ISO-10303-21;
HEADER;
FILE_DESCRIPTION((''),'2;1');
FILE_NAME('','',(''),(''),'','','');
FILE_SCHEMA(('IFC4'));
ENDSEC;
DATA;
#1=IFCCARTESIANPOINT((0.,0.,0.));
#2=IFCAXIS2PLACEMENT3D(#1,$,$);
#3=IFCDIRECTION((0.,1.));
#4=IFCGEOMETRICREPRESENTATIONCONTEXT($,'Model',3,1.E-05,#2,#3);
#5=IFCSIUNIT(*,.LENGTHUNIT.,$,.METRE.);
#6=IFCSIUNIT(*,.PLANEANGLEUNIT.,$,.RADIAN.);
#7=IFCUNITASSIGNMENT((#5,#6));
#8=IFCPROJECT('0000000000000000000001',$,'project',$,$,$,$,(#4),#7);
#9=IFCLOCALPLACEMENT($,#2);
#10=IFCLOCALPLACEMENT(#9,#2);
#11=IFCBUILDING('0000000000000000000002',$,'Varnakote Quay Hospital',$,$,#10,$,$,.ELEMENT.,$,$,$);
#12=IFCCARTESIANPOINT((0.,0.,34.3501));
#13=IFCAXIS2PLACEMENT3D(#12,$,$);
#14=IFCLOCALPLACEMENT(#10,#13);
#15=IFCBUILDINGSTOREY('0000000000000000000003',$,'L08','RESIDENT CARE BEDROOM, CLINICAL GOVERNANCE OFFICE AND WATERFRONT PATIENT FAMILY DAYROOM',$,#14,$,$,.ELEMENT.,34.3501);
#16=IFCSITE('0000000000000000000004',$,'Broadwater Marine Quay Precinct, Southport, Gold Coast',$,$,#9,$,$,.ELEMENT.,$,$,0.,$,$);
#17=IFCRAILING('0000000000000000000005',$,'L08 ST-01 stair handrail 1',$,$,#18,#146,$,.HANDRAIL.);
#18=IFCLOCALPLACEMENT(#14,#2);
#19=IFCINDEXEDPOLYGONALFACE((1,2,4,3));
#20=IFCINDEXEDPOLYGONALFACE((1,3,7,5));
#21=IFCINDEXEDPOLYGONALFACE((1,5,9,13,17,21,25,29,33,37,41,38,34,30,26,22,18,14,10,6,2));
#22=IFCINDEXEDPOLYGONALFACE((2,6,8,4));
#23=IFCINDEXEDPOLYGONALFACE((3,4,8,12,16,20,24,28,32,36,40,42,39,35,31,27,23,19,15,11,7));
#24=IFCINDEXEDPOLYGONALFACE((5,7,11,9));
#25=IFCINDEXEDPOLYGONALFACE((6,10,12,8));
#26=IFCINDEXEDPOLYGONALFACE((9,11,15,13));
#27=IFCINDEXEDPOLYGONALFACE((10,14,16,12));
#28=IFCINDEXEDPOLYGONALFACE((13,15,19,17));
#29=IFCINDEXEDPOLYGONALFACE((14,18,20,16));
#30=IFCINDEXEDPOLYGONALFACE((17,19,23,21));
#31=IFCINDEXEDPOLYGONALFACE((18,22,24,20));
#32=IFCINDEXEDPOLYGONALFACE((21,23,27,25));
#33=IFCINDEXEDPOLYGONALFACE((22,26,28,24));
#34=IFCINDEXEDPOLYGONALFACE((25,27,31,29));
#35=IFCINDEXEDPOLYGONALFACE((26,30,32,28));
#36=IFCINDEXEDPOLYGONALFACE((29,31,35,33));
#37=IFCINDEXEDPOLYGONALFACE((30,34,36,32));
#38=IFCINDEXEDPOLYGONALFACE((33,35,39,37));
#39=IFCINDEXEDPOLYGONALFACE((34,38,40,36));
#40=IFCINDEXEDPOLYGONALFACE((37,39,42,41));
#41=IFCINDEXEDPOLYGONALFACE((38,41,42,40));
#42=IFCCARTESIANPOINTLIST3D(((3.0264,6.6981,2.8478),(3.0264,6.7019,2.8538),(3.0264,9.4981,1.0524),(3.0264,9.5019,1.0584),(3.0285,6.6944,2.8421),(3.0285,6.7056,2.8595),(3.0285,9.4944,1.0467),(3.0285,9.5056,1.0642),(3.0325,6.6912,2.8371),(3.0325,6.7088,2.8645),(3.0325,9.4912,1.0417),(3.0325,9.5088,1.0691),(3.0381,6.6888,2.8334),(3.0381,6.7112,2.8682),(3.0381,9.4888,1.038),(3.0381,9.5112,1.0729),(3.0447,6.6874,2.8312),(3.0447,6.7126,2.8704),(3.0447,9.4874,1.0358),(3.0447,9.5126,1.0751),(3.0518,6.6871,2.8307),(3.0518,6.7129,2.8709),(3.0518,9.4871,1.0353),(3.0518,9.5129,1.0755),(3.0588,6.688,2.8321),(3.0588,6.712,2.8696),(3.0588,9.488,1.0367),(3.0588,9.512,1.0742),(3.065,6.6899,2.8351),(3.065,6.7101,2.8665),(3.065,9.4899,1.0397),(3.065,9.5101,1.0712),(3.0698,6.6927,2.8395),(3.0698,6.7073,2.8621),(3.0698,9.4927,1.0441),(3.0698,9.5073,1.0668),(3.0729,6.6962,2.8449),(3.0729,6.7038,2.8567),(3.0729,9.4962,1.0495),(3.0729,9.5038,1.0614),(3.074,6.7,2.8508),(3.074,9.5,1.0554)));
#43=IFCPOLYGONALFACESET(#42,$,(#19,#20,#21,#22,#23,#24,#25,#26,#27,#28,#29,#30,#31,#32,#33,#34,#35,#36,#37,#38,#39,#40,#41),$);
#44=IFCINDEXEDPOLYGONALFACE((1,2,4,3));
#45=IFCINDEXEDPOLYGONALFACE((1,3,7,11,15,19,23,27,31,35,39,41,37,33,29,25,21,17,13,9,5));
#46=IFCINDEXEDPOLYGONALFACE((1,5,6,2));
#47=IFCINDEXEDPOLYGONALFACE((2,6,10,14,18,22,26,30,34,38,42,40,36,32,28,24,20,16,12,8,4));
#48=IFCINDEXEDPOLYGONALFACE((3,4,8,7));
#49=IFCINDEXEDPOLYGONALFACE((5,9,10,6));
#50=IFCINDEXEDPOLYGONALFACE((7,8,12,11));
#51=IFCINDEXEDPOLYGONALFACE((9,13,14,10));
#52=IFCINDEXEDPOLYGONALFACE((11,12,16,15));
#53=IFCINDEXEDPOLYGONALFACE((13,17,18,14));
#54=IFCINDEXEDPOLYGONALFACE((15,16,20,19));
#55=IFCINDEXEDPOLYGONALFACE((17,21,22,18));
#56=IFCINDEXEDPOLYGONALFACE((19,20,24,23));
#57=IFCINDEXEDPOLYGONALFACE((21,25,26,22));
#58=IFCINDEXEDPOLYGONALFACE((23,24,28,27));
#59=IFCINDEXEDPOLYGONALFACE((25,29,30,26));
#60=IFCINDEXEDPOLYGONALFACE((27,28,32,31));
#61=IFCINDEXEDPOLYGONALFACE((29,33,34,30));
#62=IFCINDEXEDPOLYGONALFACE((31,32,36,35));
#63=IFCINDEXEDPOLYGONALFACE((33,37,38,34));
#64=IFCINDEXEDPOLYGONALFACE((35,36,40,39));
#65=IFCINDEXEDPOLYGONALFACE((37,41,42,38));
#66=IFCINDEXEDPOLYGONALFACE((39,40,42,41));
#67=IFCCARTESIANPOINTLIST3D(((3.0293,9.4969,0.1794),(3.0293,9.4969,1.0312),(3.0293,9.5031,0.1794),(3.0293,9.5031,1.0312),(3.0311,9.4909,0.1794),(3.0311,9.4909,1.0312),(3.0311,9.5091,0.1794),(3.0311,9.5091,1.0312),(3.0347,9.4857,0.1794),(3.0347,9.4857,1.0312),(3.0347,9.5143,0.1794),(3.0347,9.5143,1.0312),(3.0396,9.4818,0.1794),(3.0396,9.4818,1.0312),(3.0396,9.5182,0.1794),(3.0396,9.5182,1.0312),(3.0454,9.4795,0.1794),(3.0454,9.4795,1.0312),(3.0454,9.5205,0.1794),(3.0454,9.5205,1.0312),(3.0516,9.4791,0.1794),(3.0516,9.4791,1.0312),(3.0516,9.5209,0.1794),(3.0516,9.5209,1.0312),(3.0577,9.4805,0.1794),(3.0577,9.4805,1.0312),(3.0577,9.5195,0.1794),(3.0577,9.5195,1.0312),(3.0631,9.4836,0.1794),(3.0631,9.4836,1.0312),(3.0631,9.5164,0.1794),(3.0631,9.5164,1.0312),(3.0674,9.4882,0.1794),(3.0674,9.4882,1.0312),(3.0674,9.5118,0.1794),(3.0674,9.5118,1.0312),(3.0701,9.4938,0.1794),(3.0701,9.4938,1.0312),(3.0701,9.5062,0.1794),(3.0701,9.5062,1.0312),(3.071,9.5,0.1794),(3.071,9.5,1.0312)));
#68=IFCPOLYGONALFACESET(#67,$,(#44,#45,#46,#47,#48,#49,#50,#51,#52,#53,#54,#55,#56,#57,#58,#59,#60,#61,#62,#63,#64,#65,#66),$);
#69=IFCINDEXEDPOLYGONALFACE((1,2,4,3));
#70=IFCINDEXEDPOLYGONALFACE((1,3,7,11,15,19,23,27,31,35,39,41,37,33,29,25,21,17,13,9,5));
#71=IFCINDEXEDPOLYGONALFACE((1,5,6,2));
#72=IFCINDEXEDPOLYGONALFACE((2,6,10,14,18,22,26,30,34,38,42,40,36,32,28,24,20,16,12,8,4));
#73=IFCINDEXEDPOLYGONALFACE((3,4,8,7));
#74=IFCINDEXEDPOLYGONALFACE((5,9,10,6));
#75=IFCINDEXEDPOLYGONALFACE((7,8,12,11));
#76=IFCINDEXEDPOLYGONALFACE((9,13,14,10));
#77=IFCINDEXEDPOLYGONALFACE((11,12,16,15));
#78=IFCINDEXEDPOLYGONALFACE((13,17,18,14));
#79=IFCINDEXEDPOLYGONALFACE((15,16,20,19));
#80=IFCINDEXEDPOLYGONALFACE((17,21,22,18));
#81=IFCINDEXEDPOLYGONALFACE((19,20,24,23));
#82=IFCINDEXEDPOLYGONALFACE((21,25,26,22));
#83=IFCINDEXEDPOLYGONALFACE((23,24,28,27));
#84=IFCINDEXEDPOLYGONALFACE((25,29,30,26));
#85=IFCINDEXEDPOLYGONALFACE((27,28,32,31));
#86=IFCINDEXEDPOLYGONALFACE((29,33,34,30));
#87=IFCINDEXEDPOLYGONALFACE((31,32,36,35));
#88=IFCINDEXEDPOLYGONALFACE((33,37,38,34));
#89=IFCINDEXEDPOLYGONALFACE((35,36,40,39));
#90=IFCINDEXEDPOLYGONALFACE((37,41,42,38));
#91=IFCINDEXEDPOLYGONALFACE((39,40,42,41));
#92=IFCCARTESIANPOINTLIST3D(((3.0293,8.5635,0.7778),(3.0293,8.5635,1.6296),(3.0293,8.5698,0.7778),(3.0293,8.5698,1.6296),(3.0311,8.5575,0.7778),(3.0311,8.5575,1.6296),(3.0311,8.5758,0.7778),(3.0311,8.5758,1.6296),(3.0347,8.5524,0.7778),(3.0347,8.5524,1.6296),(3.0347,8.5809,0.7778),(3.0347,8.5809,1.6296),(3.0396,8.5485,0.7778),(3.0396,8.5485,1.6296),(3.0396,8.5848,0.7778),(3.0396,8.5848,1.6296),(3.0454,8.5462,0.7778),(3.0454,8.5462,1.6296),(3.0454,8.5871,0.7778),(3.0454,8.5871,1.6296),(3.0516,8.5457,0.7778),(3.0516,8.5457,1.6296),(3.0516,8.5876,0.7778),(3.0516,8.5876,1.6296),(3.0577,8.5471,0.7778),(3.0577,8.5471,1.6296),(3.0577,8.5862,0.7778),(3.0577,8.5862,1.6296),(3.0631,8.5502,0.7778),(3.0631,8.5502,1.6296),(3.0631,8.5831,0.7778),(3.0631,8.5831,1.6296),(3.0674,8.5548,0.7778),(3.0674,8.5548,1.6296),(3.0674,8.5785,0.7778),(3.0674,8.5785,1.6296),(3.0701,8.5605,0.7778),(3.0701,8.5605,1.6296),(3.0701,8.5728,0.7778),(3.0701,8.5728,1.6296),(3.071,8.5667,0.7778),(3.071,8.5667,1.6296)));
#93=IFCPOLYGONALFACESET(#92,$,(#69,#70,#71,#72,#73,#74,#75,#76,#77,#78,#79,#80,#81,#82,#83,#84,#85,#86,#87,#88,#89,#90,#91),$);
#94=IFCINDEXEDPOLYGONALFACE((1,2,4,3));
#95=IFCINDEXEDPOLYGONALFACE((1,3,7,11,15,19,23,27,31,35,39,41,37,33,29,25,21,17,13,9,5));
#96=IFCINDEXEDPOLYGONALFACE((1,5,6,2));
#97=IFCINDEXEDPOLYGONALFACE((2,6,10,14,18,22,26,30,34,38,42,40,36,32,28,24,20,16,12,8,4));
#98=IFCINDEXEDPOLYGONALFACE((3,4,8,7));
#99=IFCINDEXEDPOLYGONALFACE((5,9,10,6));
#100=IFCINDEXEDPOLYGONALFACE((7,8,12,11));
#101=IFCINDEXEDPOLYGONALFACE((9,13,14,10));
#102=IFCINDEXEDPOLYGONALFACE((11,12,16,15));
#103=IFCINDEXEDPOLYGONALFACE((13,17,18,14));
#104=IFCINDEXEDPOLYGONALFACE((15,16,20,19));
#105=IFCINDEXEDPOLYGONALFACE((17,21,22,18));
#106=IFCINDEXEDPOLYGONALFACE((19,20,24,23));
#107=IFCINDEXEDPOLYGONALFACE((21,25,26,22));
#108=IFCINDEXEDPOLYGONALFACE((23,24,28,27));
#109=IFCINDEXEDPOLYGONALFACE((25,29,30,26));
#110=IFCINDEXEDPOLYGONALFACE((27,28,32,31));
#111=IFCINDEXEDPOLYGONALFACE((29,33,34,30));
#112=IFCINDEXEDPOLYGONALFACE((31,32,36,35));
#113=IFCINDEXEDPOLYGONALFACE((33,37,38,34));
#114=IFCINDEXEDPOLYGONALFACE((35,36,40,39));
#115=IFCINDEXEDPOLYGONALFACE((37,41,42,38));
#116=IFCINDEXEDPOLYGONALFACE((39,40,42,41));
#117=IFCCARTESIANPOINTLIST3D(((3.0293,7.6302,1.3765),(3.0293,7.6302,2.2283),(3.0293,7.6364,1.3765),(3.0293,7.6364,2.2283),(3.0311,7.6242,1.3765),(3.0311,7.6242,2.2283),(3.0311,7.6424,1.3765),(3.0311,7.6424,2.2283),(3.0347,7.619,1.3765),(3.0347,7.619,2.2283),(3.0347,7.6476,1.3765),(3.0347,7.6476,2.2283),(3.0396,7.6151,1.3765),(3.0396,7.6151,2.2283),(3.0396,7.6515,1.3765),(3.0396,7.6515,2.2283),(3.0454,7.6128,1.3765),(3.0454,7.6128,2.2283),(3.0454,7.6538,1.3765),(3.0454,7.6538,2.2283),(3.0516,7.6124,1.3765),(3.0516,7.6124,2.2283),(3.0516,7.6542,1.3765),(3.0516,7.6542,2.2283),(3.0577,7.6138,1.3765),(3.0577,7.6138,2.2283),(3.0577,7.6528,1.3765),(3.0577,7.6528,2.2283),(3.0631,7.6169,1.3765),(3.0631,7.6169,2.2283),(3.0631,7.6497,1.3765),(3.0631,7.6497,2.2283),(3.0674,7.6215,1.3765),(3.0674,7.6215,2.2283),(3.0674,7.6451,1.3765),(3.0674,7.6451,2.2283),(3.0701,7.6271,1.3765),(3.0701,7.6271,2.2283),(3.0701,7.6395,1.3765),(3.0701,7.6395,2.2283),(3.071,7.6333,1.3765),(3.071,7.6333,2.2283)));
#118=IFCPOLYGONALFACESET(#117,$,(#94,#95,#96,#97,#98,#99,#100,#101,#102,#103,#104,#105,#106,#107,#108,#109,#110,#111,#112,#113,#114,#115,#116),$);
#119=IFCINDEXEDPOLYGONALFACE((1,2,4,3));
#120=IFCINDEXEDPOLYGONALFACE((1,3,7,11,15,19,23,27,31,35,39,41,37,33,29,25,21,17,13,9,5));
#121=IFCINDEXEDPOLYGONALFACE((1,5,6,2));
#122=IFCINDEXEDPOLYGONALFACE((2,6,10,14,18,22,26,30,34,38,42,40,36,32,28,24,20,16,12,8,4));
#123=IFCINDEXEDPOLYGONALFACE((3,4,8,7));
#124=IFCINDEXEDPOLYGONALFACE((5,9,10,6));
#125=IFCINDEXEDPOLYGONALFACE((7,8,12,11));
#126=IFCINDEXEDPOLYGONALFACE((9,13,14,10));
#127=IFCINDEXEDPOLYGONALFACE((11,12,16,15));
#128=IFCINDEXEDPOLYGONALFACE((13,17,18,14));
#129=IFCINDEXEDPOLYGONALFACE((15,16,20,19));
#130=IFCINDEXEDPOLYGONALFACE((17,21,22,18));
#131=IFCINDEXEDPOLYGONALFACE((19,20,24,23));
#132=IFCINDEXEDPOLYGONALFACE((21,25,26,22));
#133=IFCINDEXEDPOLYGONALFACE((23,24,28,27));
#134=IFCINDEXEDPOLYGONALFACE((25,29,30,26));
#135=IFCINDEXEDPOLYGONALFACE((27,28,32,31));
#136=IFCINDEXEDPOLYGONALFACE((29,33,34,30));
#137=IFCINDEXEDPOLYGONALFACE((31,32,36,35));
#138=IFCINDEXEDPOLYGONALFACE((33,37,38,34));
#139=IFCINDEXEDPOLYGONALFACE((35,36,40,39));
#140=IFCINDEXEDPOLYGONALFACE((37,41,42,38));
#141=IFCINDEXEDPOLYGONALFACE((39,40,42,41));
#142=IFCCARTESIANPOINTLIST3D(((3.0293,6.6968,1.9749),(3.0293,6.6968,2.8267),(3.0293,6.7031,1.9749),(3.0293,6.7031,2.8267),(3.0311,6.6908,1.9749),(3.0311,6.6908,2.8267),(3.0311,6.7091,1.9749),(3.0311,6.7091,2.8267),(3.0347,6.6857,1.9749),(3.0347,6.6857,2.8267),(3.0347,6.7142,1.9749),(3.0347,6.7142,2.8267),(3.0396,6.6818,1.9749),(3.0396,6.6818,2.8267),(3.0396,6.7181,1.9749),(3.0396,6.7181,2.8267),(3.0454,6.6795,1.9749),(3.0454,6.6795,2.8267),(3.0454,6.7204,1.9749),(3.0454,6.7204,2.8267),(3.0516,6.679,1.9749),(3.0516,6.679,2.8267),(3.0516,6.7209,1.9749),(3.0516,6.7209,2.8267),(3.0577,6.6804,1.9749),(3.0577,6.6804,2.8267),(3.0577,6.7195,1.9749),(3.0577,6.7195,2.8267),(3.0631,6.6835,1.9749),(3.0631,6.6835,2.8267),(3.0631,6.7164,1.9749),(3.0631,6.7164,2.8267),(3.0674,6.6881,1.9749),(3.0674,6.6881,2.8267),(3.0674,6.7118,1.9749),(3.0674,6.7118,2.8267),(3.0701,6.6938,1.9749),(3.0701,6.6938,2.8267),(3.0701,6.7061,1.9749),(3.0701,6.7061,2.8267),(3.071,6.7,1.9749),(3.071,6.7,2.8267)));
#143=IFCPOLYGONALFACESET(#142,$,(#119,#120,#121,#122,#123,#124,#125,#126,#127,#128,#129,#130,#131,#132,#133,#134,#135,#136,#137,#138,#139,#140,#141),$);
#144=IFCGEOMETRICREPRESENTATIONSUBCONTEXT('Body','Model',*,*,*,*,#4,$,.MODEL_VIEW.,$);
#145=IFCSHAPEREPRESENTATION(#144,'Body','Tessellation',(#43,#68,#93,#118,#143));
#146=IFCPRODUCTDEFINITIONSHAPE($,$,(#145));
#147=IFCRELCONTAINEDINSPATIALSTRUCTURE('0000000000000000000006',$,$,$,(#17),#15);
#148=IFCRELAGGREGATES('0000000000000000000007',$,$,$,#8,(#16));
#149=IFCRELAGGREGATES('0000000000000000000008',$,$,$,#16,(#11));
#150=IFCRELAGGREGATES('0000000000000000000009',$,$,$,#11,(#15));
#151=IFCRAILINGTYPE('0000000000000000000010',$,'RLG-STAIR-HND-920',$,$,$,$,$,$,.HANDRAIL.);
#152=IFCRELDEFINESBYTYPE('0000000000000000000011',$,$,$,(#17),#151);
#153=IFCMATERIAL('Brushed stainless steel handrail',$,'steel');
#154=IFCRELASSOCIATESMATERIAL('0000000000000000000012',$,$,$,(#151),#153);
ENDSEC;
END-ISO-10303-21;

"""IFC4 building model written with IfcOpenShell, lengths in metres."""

from ifc_helpers import new_model, si_unit, direction, frame, origin, origin_2d, place, context, subcontext, project, spatial, circle, extrude, material, type_object, element, save


model = new_model("IFC4")

# Units and contexts
model_context = context("Model", 3, precision=1e-05, world=origin(), true_north=direction((0.0, 1.0)))
body_context = subcontext(model_context, "Body", "Model", "MODEL_VIEW")
ifc_project = project(units=[si_unit("LENGTHUNIT", "METRE"), si_unit("PLANEANGLEUNIT", "RADIAN")], contexts=[model_context])

# Site, building, storey
site_placement = place(None, origin())
site = spatial("IfcSite", under=ifc_project, at=site_placement, Name="Broadwater Marine Quay Precinct, Southport, Gold Coast", CompositionType="ELEMENT", RefElevation=0.0)
building_placement = place(site_placement, origin())
building = spatial("IfcBuilding", under=site, at=building_placement, Name="Varnakote Quay Hospital", CompositionType="ELEMENT")
storey_placement = place(building_placement, frame((0.0, 0.0, 34.3501)))
storey = spatial("IfcBuildingStorey", under=building, at=storey_placement, Name="L08", Description="RESIDENT CARE BEDROOM, CLINICAL GOVERNANCE OFFICE AND WATERFRONT PATIENT FAMILY DAYROOM", CompositionType="ELEMENT", Elevation=34.3501)

# Railing
ifc_material_1 = material(Name="Brushed stainless steel handrail", Category="steel")
railing_type = type_object("IfcRailingType", Name="RLG-STAIR-HND-920", PredefinedType="HANDRAIL", material=ifc_material_1)
railing_placement = place(storey_placement, frame((3.05, 9.5, 0.1794)))
element("IfcRailing", 1, at=railing_placement, inside=storey, type_object=railing_type, Name="L08 ST-01 stair handrail 1", PredefinedType="HANDRAIL", context=body_context, shape_type="SweptSolid", body=[
    extrude(circle(Radius=0.0239, at=origin_2d()), frame((0.0, 0.0, 0.876), z_axis=(0.0, -0.84181, 0.539774), x_axis=(1.0, 0.0, 0.0)), (0.0, 0.0, 1.0), 3.3262),
    extrude(circle(Radius=0.021, at=origin_2d()), origin(), (0.0, 0.0, 1.0), 0.8518),
    extrude(circle(Radius=0.021, at=origin_2d()), frame((0.0, -0.9333, 0.5984)), (0.0, 0.0, 1.0), 0.8518),
    extrude(circle(Radius=0.021, at=origin_2d()), frame((0.0, -1.8667, 1.197)), (0.0, 0.0, 1.0), 0.8518),
    extrude(circle(Radius=0.021, at=origin_2d()), frame((0.0, -2.8, 1.7954)), (0.0, 0.0, 1.0), 0.8518),
])

save(model, "model.ifc")
